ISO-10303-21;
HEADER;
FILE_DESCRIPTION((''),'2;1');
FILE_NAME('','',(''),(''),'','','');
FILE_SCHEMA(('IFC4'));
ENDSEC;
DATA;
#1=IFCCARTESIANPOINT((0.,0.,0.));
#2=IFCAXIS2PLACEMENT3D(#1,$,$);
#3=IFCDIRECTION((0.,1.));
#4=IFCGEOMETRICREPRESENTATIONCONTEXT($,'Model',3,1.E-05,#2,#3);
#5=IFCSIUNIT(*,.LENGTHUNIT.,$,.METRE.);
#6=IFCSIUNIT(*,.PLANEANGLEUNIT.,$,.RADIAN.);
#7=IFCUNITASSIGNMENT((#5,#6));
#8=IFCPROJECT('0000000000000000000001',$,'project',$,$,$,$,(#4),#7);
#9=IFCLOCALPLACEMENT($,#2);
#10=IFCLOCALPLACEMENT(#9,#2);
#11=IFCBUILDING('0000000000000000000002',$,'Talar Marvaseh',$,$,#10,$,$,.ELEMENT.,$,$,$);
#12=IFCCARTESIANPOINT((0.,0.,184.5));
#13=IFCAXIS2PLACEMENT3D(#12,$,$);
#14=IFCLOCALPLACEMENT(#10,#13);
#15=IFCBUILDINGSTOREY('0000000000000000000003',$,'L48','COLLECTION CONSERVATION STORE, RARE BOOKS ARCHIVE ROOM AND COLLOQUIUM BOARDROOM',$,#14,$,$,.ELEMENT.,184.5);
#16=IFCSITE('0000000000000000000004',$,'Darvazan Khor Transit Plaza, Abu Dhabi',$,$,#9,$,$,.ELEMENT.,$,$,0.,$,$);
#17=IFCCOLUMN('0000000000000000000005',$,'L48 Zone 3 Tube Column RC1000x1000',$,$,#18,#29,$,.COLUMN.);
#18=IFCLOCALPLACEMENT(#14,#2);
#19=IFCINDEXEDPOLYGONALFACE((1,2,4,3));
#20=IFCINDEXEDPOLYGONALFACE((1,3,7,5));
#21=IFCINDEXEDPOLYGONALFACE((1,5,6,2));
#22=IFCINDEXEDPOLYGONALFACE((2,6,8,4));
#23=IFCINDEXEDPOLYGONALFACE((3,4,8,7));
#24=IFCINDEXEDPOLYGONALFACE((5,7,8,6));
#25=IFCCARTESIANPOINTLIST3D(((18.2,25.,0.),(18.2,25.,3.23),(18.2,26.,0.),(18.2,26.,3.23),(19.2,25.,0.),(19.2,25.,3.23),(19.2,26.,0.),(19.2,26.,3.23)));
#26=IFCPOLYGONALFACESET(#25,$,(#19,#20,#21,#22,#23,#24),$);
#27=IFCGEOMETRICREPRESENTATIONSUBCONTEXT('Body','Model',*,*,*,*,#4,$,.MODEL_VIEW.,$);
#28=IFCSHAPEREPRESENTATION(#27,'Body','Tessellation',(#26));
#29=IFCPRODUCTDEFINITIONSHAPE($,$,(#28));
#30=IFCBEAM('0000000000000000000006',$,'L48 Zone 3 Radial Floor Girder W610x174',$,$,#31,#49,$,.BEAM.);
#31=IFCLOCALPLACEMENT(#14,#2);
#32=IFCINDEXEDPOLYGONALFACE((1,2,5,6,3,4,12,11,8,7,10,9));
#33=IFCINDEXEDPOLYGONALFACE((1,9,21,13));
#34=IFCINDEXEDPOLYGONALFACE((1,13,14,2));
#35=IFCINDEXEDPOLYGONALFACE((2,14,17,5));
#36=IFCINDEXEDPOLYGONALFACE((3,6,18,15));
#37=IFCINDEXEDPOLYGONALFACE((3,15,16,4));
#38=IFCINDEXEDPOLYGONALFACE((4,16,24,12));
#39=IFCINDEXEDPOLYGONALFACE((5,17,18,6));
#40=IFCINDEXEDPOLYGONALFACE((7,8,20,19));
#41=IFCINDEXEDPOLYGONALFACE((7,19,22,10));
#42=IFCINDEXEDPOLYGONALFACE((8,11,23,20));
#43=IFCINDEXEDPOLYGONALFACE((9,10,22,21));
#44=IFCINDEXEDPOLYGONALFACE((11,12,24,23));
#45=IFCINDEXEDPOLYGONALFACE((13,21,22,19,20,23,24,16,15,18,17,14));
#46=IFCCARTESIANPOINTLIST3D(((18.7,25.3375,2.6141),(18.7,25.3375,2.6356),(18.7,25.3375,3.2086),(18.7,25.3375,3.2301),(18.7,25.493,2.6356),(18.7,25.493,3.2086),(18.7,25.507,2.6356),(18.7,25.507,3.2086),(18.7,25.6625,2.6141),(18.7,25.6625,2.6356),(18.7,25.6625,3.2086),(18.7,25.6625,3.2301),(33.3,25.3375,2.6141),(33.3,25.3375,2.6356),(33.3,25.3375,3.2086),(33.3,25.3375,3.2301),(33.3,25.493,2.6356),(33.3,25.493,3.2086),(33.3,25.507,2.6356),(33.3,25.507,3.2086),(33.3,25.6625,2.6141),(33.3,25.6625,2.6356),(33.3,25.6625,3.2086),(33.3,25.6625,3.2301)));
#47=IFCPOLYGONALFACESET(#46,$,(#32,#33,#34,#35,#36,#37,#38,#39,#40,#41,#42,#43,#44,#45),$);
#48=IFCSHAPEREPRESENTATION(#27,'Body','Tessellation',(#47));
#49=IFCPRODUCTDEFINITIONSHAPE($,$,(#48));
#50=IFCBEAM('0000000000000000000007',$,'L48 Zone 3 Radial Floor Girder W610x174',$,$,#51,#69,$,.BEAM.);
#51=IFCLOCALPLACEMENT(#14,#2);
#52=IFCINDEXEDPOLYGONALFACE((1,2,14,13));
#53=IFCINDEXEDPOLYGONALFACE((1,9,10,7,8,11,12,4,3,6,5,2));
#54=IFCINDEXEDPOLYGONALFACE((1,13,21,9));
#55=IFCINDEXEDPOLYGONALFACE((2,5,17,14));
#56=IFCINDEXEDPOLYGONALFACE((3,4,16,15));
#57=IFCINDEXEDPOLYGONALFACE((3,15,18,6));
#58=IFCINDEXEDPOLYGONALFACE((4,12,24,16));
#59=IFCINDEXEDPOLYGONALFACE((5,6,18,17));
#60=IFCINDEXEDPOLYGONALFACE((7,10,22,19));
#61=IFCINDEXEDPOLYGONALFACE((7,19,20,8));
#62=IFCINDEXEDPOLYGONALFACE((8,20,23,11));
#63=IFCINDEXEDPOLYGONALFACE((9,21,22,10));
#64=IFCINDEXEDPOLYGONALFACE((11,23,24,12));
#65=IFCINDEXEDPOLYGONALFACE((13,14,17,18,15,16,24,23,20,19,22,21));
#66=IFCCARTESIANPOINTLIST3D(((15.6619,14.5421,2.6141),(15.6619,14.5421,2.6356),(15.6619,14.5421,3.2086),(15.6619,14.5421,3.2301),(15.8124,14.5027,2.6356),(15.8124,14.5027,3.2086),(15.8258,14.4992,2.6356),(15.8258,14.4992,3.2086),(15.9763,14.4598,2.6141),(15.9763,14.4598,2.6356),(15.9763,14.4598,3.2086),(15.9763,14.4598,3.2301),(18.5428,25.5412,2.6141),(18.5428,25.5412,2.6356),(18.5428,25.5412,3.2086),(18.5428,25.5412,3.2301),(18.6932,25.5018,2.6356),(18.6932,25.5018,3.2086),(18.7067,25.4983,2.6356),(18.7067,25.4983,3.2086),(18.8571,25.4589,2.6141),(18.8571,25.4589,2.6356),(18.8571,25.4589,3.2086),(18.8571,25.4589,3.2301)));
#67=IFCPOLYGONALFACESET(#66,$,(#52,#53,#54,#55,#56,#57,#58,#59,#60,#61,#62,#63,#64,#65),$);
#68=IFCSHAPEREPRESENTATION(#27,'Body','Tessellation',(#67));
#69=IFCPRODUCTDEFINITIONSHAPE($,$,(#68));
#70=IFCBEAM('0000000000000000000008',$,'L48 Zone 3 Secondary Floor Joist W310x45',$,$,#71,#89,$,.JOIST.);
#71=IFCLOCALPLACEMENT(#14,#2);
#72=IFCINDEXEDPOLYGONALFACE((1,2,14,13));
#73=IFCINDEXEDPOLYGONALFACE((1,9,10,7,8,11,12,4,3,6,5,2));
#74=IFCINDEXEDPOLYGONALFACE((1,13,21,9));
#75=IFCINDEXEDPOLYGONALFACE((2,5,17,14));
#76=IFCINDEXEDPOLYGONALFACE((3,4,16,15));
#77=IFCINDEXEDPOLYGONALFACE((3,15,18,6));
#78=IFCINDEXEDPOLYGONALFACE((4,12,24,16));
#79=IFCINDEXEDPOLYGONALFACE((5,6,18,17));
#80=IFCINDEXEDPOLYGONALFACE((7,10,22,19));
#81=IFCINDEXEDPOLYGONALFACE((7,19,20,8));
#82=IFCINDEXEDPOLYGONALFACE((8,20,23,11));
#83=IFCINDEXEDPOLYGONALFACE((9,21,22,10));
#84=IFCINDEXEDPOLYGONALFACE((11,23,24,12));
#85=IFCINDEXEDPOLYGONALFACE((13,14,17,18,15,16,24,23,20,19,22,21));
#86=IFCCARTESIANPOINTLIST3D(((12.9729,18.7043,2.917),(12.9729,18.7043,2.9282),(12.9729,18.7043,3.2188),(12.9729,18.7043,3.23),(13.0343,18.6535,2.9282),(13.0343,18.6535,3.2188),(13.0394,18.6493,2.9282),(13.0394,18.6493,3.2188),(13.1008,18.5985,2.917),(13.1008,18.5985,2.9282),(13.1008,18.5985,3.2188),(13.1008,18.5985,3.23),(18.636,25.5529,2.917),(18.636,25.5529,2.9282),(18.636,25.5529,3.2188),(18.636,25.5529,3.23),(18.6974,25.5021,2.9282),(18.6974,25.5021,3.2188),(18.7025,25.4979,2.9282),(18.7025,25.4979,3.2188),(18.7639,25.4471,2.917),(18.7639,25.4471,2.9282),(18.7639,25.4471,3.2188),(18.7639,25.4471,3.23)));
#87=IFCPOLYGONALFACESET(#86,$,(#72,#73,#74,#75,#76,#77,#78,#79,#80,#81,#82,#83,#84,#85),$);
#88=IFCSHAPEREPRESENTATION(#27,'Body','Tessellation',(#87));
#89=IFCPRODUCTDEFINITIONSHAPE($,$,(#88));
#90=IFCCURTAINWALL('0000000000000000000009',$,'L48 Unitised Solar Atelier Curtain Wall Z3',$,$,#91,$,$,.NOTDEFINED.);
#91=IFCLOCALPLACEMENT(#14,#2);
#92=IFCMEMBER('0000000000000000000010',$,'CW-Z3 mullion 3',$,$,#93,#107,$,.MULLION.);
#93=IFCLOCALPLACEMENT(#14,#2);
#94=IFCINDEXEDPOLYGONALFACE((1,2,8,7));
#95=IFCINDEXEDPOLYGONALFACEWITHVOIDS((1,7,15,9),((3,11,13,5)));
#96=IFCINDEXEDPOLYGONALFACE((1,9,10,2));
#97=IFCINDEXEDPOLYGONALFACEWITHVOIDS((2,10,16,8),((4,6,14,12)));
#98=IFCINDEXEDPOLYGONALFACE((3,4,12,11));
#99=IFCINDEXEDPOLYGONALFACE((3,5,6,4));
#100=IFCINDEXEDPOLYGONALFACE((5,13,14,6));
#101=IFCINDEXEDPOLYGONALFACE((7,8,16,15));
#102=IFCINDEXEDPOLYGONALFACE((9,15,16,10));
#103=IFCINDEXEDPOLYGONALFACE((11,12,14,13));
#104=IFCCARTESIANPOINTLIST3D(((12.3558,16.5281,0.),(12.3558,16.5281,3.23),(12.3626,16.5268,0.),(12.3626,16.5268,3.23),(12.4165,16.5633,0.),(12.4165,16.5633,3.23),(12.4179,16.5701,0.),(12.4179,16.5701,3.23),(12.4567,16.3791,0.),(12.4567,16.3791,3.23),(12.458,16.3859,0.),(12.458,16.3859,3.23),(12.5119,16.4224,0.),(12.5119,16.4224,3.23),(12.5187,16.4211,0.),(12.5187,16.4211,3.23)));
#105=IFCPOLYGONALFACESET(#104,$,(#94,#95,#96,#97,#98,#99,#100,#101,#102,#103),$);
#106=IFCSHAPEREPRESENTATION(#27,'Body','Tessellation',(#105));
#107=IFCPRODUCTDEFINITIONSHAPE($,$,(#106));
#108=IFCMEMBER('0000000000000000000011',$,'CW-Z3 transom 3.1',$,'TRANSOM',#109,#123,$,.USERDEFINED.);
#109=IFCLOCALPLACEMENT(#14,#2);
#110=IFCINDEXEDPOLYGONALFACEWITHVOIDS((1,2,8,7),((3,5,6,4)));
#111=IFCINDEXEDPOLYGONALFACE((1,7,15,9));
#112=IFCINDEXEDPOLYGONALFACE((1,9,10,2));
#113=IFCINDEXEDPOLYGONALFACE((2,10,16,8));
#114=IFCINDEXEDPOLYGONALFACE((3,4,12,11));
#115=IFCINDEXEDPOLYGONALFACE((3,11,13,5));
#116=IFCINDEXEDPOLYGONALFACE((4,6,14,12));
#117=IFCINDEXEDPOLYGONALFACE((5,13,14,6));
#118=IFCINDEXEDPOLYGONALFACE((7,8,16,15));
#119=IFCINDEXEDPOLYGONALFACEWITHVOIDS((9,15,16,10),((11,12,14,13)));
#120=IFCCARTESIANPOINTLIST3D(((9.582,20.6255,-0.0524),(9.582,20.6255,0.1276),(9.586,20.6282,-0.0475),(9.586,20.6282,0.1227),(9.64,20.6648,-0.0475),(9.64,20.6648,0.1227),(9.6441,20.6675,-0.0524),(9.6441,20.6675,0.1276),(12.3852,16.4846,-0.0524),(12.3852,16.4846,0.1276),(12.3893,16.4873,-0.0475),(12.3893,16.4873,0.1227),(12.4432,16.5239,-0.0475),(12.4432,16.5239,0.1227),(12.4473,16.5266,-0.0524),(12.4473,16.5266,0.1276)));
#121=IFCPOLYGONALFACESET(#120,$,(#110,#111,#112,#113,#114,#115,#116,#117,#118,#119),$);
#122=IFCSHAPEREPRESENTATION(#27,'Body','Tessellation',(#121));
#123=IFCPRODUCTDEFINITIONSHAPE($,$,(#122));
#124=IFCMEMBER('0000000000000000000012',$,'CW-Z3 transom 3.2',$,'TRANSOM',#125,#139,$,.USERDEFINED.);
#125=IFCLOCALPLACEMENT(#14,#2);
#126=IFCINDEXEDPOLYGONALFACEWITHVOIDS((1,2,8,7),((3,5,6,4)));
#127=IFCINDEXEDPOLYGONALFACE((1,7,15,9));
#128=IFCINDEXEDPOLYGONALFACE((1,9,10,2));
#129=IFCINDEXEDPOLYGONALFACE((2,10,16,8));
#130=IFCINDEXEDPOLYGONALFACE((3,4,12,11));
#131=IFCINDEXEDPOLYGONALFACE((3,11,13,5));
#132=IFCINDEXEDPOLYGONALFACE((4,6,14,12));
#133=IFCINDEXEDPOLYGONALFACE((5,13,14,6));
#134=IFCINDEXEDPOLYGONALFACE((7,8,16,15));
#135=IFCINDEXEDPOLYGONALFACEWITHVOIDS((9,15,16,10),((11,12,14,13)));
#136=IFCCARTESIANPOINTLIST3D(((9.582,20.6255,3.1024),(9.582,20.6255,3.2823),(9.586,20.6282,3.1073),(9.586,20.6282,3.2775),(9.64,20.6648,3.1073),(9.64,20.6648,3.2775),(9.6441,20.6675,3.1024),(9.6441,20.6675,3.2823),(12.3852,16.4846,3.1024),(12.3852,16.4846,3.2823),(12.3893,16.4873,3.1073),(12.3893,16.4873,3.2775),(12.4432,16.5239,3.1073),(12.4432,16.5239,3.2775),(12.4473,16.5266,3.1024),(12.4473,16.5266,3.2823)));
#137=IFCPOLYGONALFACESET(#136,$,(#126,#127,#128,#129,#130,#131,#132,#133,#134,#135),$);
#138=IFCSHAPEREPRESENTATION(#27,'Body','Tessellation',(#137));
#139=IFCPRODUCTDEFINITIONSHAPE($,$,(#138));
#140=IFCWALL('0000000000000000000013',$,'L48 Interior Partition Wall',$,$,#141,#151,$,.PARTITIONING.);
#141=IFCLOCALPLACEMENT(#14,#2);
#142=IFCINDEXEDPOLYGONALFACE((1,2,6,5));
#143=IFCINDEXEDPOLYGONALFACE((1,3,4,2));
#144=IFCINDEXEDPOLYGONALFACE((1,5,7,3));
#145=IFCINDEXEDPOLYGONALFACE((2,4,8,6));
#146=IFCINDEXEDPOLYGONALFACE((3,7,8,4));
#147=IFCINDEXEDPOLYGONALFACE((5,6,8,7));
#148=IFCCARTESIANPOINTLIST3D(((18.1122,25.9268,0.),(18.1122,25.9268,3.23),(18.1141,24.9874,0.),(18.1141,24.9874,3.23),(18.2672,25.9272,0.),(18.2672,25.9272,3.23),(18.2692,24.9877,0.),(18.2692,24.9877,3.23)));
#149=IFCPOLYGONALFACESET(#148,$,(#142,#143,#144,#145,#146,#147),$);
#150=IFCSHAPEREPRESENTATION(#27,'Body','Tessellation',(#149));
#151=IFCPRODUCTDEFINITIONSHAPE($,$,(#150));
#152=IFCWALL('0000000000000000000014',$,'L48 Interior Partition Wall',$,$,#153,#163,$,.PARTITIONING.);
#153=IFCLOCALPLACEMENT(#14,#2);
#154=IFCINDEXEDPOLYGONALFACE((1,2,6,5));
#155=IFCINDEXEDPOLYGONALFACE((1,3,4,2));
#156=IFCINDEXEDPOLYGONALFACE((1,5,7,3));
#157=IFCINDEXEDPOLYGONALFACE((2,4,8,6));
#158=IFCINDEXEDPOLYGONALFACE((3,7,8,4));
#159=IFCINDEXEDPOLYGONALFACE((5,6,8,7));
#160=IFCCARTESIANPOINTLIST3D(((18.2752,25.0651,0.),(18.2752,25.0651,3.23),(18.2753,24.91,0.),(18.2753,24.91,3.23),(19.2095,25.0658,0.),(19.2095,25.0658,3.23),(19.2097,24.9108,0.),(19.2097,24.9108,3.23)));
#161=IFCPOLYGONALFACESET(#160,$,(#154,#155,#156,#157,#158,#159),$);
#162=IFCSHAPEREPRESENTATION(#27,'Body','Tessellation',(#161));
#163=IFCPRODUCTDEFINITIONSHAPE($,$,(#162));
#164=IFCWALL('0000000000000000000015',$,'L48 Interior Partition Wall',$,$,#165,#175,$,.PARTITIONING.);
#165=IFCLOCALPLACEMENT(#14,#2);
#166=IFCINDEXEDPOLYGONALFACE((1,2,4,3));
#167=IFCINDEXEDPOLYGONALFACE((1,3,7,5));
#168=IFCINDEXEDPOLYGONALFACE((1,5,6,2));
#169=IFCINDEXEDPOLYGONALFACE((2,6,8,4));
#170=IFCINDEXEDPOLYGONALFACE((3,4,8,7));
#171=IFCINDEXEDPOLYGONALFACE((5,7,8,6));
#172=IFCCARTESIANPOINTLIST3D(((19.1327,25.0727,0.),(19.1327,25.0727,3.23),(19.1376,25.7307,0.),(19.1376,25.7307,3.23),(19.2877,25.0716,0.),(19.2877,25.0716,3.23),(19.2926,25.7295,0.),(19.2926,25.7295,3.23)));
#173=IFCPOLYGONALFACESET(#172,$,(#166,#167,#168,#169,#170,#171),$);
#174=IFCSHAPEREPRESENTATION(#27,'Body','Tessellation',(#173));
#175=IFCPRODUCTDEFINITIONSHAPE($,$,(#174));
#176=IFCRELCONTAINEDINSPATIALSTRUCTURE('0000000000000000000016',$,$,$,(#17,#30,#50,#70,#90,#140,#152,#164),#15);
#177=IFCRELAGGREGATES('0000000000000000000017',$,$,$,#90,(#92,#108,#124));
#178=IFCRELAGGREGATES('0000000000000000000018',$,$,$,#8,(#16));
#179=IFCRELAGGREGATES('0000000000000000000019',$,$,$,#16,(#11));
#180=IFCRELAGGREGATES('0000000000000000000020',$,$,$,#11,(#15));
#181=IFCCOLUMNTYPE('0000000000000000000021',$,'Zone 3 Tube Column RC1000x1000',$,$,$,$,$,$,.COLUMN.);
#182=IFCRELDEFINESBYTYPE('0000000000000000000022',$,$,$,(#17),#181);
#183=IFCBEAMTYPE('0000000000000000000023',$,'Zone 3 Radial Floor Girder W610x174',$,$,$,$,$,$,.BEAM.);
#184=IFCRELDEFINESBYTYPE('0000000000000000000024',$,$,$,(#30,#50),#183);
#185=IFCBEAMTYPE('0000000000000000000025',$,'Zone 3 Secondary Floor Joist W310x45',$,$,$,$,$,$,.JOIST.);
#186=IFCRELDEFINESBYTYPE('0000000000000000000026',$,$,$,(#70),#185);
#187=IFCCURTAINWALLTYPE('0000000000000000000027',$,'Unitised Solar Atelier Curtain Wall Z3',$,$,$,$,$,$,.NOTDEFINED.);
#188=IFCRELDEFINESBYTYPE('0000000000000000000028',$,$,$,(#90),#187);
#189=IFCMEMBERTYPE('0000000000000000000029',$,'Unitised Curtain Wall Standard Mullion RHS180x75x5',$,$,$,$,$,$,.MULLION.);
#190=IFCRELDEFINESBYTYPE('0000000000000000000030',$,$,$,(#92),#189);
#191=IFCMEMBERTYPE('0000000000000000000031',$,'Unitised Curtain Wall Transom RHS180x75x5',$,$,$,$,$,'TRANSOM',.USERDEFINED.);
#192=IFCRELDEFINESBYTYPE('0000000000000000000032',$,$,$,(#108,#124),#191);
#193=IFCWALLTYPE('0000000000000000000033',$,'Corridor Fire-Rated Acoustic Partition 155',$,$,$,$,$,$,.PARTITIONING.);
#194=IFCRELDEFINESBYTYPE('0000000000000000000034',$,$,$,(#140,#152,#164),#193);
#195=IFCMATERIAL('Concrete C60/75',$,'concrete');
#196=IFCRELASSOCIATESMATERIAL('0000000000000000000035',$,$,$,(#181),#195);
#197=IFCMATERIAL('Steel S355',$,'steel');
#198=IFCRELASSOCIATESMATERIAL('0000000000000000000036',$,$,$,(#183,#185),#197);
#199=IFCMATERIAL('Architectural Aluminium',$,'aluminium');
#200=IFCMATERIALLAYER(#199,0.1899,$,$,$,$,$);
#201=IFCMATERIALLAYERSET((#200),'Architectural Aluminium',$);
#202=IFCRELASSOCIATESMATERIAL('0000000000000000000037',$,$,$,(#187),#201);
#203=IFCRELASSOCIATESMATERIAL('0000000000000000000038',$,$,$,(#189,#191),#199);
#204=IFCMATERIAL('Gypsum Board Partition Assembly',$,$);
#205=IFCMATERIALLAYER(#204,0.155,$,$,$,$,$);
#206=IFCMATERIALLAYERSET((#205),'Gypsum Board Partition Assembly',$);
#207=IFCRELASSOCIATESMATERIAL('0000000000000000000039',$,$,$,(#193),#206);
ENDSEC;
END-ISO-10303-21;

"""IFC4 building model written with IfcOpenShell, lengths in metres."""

from ifc_helpers import new_model, si_unit, direction, frame, frame_2d, origin, origin_2d, place, context, subcontext, project, spatial, rectangle, hollow_rectangle, i_section, extrude, source, transform, mapped, material, layer, layer_set, material_profile, profile_set, type_object, type_shapes, element, aggregate, save


model = new_model("IFC4")

# Units and contexts
model_context = context("Model", 3, precision=1e-05, world=origin(), true_north=direction((0.0, 1.0)))
body_context = subcontext(model_context, "Body", "Model", "MODEL_VIEW")
ifc_project = project(units=[si_unit("LENGTHUNIT", "METRE"), si_unit("PLANEANGLEUNIT", "RADIAN")], contexts=[model_context])

# Site, building, storey
site_placement = place(None, origin())
site = spatial("IfcSite", under=ifc_project, at=site_placement, Name="Darvazan Khor Transit Plaza, Abu Dhabi", CompositionType="ELEMENT", RefElevation=0.0)
building_placement = place(site_placement, origin())
building = spatial("IfcBuilding", under=site, at=building_placement, Name="Talar Marvaseh", CompositionType="ELEMENT")
storey_placement = place(building_placement, frame((0.0, 0.0, 184.5)))
storey = spatial("IfcBuildingStorey", under=building, at=storey_placement, Name="L48", Description="COLLECTION CONSERVATION STORE, RARE BOOKS ARCHIVE ROOM AND COLLOQUIUM BOARDROOM", CompositionType="ELEMENT", Elevation=184.5)

# Column
ifc_material_1 = material(Name="Concrete C60/75", Category="concrete")
ifc_material_profile_1 = material_profile(ifc_material_1, rectangle(XDim=1.0, YDim=1.0, at=origin_2d()), Name="RC1000x1000")
ifc_profile_set_1 = profile_set([ifc_material_profile_1], Name="Concrete C60/75")
column_type = type_object("IfcColumnType", Name="Zone 3 Tube Column RC1000x1000", PredefinedType="COLUMN", material=ifc_profile_set_1)
column_placement = place(storey_placement, frame((18.7, 25.5, 0.0), z_axis=(0.0, 0.0, 1.0), x_axis=(1.0, 0.0, 0.0)))
element("IfcColumn", 1, at=column_placement, inside=storey, type_object=column_type, Name="L48 Zone 3 Tube Column RC1000x1000", PredefinedType="COLUMN", context=body_context, shape_type="SweptSolid", body=[
    extrude(rectangle(XDim=1.0, YDim=1.0, at=origin_2d()), origin(), (0.0, 0.0, 1.0), 3.23),
])

# Beams
ifc_material_2 = material(Name="Steel S355", Category="steel")
ifc_material_profile_2 = material_profile(ifc_material_2, i_section(OverallWidth=0.325, OverallDepth=0.616, WebThickness=0.0139, FlangeThickness=0.0215, at=origin_2d()), Name="W610x174")
ifc_profile_set_2 = profile_set([ifc_material_profile_2], Name="Steel S355")
beam_type_1 = type_object("IfcBeamType", Name="Zone 3 Radial Floor Girder W610x174", PredefinedType="BEAM", material=ifc_profile_set_2)
beam_1_placement = place(storey_placement, frame((18.7, 25.5, 2.9221), z_axis=(1.0, 0.0, 0.0), x_axis=(0.0, 1.0, 0.0)))
element("IfcBeam", 2, at=beam_1_placement, inside=storey, type_object=beam_type_1, Name="L48 Zone 3 Radial Floor Girder W610x174", PredefinedType="BEAM", context=body_context, shape_type="SweptSolid", body=[
    extrude(i_section(OverallWidth=0.325, OverallDepth=0.616, WebThickness=0.0139, FlangeThickness=0.0215, at=origin_2d()), origin(), (0.0, 0.0, 1.0), 14.6001),
])
beam_2_placement = place(storey_placement, frame((15.8191, 14.501, 2.9221), z_axis=(0.253373, 0.967369, 0.0), x_axis=(-0.967369, 0.253373, 0.0)))
element("IfcBeam", 3, at=beam_2_placement, inside=storey, type_object=beam_type_1, Name="L48 Zone 3 Radial Floor Girder W610x174", PredefinedType="BEAM", context=body_context, shape_type="SweptSolid", body=[
    extrude(i_section(OverallWidth=0.325, OverallDepth=0.616, WebThickness=0.0139, FlangeThickness=0.0215, at=origin_2d()), origin(), (0.0, 0.0, 1.0), 11.3701),
])
ifc_material_profile_3 = material_profile(ifc_material_2, i_section(OverallWidth=0.166, OverallDepth=0.313, WebThickness=0.0066, FlangeThickness=0.0112, at=origin_2d()), Name="W310x45")
ifc_profile_set_3 = profile_set([ifc_material_profile_3], Name="Steel S355")
beam_type_2 = type_object("IfcBeamType", Name="Zone 3 Secondary Floor Joist W310x45", PredefinedType="JOIST", material=ifc_profile_set_3)
beam_3_placement = place(storey_placement, frame((13.0369, 18.6514, 3.0735), z_axis=(0.637251, 0.770657, 0.0), x_axis=(-0.770657, 0.637251, 0.0)))
element("IfcBeam", 4, at=beam_3_placement, inside=storey, type_object=beam_type_2, Name="L48 Zone 3 Secondary Floor Joist W310x45", PredefinedType="JOIST", context=body_context, shape_type="SweptSolid", body=[
    extrude(i_section(OverallWidth=0.166, OverallDepth=0.313, WebThickness=0.0066, FlangeThickness=0.0112, at=origin_2d()), origin(), (0.0, 0.0, 1.0), 8.8867),
])

# Curtain wall, members
ifc_material_3 = material(Name="Architectural Aluminium", Category="aluminium")
ifc_layer_1 = layer(ifc_material_3, 0.1899)
ifc_layer_set_1 = layer_set([ifc_layer_1], Name="Architectural Aluminium")
curtain_wall_type = type_object("IfcCurtainWallType", Name="Unitised Solar Atelier Curtain Wall Z3", PredefinedType="NOTDEFINED", material=ifc_layer_set_1)
curtain_wall_placement = place(storey_placement, origin())
curtain_wall = element("IfcCurtainWall", 5, at=curtain_wall_placement, inside=storey, type_object=curtain_wall_type, Name="L48 Unitised Solar Atelier Curtain Wall Z3", PredefinedType="NOTDEFINED")
ifc_material_profile_4 = material_profile(ifc_material_3, hollow_rectangle(XDim=0.075, YDim=0.1799, WallThickness=0.0049, at=origin_2d()), Name="RHS180x75x5")
ifc_profile_set_4 = profile_set([ifc_material_profile_4], Name="Architectural Aluminium")
member_type_1 = type_object("IfcMemberType", Name="Unitised Curtain Wall Standard Mullion RHS180x75x5", PredefinedType="MULLION", material=ifc_profile_set_4)
shared_shape_1 = source(origin(), body_context, "Body", "SweptSolid", [
    extrude(hollow_rectangle(XDim=0.075, YDim=0.1799, WallThickness=0.0049, at=origin_2d()), origin(), (0.0, 0.0, 1.0), 3.23),
])
type_shapes(member_type_1, [shared_shape_1])
member_1_placement = place(storey_placement, frame((12.4373, 16.4746, 0.0), z_axis=(0.0, 0.0, 1.0), x_axis=(-0.828095, -0.560588, 0.0)))
member_1 = element("IfcMember", 6, at=member_1_placement, type_object=member_type_1, Name="CW-Z3 mullion 3", PredefinedType="MULLION", context=body_context, shape_type="MappedRepresentation", body=[
    mapped(shared_shape_1, transform((0.0, 0.0, 0.0), x_axis=(1.0, 0.0, 0.0), y_axis=(0.0, 1.0, 0.0), z_axis=(0.0, 0.0, 1.0), scale=1.0)),
])
ifc_material_profile_5 = material_profile(ifc_material_3, hollow_rectangle(XDim=0.075, YDim=0.1799, WallThickness=0.0049, at=origin_2d()), Name="RHS180x75x5")
ifc_profile_set_5 = profile_set([ifc_material_profile_5], Name="Architectural Aluminium")
member_type_2 = type_object("IfcMemberType", Name="Unitised Curtain Wall Transom RHS180x75x5", ElementType="TRANSOM", PredefinedType="USERDEFINED", material=ifc_profile_set_5)
shared_shape_2 = source(origin(), body_context, "Body", "SweptSolid", [
    extrude(hollow_rectangle(XDim=0.075, YDim=0.1799, WallThickness=0.0049, at=origin_2d()), origin(), (0.0, 0.0, 1.0), 5.0005),
])
type_shapes(member_type_2, [shared_shape_2])
member_2_placement = place(storey_placement, frame((12.4163, 16.5056, 0.0376), z_axis=(-0.56059, 0.828093, 0.0), x_axis=(-0.828093, -0.56059, 0.0)))
member_2 = element("IfcMember", 7, at=member_2_placement, type_object=member_type_2, Name="CW-Z3 transom 3.1", ObjectType="TRANSOM", PredefinedType="USERDEFINED", context=body_context, shape_type="MappedRepresentation", body=[
    mapped(shared_shape_2, transform((0.0, 0.0, 0.0), x_axis=(1.0, 0.0, 0.0), y_axis=(0.0, 1.0, 0.0), z_axis=(0.0, 0.0, 1.0), scale=1.0)),
])
member_3_placement = place(storey_placement, frame((12.4163, 16.5056, 3.1924), z_axis=(-0.56059, 0.828093, 0.0), x_axis=(-0.828093, -0.56059, 0.0)))
member_3 = element("IfcMember", 8, at=member_3_placement, type_object=member_type_2, Name="CW-Z3 transom 3.2", ObjectType="TRANSOM", PredefinedType="USERDEFINED", context=body_context, shape_type="MappedRepresentation", body=[
    mapped(shared_shape_2, transform((0.0, 0.0, 0.0), x_axis=(1.0, 0.0, 0.0), y_axis=(0.0, 1.0, 0.0), z_axis=(0.0, 0.0, 1.0), scale=1.0)),
])
aggregate(curtain_wall, [member_1, member_2, member_3])

# Shared definitions
ifc_material_4 = material(Name="Gypsum Board Partition Assembly")
ifc_layer_2 = layer(ifc_material_4, 0.155)
ifc_layer_set_2 = layer_set([ifc_layer_2], Name="Gypsum Board Partition Assembly")
wall_type_1 = type_object("IfcWallType", Name="Corridor Fire-Rated Acoustic Partition 155", PredefinedType="PARTITIONING", material=ifc_layer_set_2)

# Walls
wall_1_placement = place(storey_placement, frame((18.1897, 25.927, 0.0), z_axis=(0.0, 0.0, 1.0), x_axis=(0.002079, -0.999998, 0.0)))
element("IfcWall", 9, at=wall_1_placement, inside=storey, type_object=wall_type_1, Name="L48 Interior Partition Wall", PredefinedType="PARTITIONING", context=body_context, shape_type="SweptSolid", body=[
    extrude(rectangle(XDim=0.9395, YDim=0.155, at=frame_2d((0.4697, 0.0))), origin(), (0.0, 0.0, 1.0), 3.23),
])
wall_2_placement = place(storey_placement, frame((18.2751, 24.9875, 0.0), z_axis=(0.0, 0.0, 1.0), x_axis=(1.0, 0.000784, 0.0)))
element("IfcWall", 10, at=wall_2_placement, inside=storey, type_object=wall_type_1, Name="L48 Interior Partition Wall", PredefinedType="PARTITIONING", context=body_context, shape_type="SweptSolid", body=[
    extrude(rectangle(XDim=0.9343, YDim=0.155, at=frame_2d((0.4673, 0.0))), origin(), (0.0, 0.0, 1.0), 3.23),
])
wall_3_placement = place(storey_placement, frame((19.2102, 25.072, 0.0), z_axis=(0.0, 0.0, 1.0), x_axis=(0.007421, 0.999972, 0.0)))
element("IfcWall", 11, at=wall_3_placement, inside=storey, type_object=wall_type_1, Name="L48 Interior Partition Wall", PredefinedType="PARTITIONING", context=body_context, shape_type="SweptSolid", body=[
    extrude(rectangle(XDim=0.658, YDim=0.155, at=frame_2d((0.3291, 0.0))), origin(), (0.0, 0.0, 1.0), 3.23),
])

save(model, "model.ifc")
